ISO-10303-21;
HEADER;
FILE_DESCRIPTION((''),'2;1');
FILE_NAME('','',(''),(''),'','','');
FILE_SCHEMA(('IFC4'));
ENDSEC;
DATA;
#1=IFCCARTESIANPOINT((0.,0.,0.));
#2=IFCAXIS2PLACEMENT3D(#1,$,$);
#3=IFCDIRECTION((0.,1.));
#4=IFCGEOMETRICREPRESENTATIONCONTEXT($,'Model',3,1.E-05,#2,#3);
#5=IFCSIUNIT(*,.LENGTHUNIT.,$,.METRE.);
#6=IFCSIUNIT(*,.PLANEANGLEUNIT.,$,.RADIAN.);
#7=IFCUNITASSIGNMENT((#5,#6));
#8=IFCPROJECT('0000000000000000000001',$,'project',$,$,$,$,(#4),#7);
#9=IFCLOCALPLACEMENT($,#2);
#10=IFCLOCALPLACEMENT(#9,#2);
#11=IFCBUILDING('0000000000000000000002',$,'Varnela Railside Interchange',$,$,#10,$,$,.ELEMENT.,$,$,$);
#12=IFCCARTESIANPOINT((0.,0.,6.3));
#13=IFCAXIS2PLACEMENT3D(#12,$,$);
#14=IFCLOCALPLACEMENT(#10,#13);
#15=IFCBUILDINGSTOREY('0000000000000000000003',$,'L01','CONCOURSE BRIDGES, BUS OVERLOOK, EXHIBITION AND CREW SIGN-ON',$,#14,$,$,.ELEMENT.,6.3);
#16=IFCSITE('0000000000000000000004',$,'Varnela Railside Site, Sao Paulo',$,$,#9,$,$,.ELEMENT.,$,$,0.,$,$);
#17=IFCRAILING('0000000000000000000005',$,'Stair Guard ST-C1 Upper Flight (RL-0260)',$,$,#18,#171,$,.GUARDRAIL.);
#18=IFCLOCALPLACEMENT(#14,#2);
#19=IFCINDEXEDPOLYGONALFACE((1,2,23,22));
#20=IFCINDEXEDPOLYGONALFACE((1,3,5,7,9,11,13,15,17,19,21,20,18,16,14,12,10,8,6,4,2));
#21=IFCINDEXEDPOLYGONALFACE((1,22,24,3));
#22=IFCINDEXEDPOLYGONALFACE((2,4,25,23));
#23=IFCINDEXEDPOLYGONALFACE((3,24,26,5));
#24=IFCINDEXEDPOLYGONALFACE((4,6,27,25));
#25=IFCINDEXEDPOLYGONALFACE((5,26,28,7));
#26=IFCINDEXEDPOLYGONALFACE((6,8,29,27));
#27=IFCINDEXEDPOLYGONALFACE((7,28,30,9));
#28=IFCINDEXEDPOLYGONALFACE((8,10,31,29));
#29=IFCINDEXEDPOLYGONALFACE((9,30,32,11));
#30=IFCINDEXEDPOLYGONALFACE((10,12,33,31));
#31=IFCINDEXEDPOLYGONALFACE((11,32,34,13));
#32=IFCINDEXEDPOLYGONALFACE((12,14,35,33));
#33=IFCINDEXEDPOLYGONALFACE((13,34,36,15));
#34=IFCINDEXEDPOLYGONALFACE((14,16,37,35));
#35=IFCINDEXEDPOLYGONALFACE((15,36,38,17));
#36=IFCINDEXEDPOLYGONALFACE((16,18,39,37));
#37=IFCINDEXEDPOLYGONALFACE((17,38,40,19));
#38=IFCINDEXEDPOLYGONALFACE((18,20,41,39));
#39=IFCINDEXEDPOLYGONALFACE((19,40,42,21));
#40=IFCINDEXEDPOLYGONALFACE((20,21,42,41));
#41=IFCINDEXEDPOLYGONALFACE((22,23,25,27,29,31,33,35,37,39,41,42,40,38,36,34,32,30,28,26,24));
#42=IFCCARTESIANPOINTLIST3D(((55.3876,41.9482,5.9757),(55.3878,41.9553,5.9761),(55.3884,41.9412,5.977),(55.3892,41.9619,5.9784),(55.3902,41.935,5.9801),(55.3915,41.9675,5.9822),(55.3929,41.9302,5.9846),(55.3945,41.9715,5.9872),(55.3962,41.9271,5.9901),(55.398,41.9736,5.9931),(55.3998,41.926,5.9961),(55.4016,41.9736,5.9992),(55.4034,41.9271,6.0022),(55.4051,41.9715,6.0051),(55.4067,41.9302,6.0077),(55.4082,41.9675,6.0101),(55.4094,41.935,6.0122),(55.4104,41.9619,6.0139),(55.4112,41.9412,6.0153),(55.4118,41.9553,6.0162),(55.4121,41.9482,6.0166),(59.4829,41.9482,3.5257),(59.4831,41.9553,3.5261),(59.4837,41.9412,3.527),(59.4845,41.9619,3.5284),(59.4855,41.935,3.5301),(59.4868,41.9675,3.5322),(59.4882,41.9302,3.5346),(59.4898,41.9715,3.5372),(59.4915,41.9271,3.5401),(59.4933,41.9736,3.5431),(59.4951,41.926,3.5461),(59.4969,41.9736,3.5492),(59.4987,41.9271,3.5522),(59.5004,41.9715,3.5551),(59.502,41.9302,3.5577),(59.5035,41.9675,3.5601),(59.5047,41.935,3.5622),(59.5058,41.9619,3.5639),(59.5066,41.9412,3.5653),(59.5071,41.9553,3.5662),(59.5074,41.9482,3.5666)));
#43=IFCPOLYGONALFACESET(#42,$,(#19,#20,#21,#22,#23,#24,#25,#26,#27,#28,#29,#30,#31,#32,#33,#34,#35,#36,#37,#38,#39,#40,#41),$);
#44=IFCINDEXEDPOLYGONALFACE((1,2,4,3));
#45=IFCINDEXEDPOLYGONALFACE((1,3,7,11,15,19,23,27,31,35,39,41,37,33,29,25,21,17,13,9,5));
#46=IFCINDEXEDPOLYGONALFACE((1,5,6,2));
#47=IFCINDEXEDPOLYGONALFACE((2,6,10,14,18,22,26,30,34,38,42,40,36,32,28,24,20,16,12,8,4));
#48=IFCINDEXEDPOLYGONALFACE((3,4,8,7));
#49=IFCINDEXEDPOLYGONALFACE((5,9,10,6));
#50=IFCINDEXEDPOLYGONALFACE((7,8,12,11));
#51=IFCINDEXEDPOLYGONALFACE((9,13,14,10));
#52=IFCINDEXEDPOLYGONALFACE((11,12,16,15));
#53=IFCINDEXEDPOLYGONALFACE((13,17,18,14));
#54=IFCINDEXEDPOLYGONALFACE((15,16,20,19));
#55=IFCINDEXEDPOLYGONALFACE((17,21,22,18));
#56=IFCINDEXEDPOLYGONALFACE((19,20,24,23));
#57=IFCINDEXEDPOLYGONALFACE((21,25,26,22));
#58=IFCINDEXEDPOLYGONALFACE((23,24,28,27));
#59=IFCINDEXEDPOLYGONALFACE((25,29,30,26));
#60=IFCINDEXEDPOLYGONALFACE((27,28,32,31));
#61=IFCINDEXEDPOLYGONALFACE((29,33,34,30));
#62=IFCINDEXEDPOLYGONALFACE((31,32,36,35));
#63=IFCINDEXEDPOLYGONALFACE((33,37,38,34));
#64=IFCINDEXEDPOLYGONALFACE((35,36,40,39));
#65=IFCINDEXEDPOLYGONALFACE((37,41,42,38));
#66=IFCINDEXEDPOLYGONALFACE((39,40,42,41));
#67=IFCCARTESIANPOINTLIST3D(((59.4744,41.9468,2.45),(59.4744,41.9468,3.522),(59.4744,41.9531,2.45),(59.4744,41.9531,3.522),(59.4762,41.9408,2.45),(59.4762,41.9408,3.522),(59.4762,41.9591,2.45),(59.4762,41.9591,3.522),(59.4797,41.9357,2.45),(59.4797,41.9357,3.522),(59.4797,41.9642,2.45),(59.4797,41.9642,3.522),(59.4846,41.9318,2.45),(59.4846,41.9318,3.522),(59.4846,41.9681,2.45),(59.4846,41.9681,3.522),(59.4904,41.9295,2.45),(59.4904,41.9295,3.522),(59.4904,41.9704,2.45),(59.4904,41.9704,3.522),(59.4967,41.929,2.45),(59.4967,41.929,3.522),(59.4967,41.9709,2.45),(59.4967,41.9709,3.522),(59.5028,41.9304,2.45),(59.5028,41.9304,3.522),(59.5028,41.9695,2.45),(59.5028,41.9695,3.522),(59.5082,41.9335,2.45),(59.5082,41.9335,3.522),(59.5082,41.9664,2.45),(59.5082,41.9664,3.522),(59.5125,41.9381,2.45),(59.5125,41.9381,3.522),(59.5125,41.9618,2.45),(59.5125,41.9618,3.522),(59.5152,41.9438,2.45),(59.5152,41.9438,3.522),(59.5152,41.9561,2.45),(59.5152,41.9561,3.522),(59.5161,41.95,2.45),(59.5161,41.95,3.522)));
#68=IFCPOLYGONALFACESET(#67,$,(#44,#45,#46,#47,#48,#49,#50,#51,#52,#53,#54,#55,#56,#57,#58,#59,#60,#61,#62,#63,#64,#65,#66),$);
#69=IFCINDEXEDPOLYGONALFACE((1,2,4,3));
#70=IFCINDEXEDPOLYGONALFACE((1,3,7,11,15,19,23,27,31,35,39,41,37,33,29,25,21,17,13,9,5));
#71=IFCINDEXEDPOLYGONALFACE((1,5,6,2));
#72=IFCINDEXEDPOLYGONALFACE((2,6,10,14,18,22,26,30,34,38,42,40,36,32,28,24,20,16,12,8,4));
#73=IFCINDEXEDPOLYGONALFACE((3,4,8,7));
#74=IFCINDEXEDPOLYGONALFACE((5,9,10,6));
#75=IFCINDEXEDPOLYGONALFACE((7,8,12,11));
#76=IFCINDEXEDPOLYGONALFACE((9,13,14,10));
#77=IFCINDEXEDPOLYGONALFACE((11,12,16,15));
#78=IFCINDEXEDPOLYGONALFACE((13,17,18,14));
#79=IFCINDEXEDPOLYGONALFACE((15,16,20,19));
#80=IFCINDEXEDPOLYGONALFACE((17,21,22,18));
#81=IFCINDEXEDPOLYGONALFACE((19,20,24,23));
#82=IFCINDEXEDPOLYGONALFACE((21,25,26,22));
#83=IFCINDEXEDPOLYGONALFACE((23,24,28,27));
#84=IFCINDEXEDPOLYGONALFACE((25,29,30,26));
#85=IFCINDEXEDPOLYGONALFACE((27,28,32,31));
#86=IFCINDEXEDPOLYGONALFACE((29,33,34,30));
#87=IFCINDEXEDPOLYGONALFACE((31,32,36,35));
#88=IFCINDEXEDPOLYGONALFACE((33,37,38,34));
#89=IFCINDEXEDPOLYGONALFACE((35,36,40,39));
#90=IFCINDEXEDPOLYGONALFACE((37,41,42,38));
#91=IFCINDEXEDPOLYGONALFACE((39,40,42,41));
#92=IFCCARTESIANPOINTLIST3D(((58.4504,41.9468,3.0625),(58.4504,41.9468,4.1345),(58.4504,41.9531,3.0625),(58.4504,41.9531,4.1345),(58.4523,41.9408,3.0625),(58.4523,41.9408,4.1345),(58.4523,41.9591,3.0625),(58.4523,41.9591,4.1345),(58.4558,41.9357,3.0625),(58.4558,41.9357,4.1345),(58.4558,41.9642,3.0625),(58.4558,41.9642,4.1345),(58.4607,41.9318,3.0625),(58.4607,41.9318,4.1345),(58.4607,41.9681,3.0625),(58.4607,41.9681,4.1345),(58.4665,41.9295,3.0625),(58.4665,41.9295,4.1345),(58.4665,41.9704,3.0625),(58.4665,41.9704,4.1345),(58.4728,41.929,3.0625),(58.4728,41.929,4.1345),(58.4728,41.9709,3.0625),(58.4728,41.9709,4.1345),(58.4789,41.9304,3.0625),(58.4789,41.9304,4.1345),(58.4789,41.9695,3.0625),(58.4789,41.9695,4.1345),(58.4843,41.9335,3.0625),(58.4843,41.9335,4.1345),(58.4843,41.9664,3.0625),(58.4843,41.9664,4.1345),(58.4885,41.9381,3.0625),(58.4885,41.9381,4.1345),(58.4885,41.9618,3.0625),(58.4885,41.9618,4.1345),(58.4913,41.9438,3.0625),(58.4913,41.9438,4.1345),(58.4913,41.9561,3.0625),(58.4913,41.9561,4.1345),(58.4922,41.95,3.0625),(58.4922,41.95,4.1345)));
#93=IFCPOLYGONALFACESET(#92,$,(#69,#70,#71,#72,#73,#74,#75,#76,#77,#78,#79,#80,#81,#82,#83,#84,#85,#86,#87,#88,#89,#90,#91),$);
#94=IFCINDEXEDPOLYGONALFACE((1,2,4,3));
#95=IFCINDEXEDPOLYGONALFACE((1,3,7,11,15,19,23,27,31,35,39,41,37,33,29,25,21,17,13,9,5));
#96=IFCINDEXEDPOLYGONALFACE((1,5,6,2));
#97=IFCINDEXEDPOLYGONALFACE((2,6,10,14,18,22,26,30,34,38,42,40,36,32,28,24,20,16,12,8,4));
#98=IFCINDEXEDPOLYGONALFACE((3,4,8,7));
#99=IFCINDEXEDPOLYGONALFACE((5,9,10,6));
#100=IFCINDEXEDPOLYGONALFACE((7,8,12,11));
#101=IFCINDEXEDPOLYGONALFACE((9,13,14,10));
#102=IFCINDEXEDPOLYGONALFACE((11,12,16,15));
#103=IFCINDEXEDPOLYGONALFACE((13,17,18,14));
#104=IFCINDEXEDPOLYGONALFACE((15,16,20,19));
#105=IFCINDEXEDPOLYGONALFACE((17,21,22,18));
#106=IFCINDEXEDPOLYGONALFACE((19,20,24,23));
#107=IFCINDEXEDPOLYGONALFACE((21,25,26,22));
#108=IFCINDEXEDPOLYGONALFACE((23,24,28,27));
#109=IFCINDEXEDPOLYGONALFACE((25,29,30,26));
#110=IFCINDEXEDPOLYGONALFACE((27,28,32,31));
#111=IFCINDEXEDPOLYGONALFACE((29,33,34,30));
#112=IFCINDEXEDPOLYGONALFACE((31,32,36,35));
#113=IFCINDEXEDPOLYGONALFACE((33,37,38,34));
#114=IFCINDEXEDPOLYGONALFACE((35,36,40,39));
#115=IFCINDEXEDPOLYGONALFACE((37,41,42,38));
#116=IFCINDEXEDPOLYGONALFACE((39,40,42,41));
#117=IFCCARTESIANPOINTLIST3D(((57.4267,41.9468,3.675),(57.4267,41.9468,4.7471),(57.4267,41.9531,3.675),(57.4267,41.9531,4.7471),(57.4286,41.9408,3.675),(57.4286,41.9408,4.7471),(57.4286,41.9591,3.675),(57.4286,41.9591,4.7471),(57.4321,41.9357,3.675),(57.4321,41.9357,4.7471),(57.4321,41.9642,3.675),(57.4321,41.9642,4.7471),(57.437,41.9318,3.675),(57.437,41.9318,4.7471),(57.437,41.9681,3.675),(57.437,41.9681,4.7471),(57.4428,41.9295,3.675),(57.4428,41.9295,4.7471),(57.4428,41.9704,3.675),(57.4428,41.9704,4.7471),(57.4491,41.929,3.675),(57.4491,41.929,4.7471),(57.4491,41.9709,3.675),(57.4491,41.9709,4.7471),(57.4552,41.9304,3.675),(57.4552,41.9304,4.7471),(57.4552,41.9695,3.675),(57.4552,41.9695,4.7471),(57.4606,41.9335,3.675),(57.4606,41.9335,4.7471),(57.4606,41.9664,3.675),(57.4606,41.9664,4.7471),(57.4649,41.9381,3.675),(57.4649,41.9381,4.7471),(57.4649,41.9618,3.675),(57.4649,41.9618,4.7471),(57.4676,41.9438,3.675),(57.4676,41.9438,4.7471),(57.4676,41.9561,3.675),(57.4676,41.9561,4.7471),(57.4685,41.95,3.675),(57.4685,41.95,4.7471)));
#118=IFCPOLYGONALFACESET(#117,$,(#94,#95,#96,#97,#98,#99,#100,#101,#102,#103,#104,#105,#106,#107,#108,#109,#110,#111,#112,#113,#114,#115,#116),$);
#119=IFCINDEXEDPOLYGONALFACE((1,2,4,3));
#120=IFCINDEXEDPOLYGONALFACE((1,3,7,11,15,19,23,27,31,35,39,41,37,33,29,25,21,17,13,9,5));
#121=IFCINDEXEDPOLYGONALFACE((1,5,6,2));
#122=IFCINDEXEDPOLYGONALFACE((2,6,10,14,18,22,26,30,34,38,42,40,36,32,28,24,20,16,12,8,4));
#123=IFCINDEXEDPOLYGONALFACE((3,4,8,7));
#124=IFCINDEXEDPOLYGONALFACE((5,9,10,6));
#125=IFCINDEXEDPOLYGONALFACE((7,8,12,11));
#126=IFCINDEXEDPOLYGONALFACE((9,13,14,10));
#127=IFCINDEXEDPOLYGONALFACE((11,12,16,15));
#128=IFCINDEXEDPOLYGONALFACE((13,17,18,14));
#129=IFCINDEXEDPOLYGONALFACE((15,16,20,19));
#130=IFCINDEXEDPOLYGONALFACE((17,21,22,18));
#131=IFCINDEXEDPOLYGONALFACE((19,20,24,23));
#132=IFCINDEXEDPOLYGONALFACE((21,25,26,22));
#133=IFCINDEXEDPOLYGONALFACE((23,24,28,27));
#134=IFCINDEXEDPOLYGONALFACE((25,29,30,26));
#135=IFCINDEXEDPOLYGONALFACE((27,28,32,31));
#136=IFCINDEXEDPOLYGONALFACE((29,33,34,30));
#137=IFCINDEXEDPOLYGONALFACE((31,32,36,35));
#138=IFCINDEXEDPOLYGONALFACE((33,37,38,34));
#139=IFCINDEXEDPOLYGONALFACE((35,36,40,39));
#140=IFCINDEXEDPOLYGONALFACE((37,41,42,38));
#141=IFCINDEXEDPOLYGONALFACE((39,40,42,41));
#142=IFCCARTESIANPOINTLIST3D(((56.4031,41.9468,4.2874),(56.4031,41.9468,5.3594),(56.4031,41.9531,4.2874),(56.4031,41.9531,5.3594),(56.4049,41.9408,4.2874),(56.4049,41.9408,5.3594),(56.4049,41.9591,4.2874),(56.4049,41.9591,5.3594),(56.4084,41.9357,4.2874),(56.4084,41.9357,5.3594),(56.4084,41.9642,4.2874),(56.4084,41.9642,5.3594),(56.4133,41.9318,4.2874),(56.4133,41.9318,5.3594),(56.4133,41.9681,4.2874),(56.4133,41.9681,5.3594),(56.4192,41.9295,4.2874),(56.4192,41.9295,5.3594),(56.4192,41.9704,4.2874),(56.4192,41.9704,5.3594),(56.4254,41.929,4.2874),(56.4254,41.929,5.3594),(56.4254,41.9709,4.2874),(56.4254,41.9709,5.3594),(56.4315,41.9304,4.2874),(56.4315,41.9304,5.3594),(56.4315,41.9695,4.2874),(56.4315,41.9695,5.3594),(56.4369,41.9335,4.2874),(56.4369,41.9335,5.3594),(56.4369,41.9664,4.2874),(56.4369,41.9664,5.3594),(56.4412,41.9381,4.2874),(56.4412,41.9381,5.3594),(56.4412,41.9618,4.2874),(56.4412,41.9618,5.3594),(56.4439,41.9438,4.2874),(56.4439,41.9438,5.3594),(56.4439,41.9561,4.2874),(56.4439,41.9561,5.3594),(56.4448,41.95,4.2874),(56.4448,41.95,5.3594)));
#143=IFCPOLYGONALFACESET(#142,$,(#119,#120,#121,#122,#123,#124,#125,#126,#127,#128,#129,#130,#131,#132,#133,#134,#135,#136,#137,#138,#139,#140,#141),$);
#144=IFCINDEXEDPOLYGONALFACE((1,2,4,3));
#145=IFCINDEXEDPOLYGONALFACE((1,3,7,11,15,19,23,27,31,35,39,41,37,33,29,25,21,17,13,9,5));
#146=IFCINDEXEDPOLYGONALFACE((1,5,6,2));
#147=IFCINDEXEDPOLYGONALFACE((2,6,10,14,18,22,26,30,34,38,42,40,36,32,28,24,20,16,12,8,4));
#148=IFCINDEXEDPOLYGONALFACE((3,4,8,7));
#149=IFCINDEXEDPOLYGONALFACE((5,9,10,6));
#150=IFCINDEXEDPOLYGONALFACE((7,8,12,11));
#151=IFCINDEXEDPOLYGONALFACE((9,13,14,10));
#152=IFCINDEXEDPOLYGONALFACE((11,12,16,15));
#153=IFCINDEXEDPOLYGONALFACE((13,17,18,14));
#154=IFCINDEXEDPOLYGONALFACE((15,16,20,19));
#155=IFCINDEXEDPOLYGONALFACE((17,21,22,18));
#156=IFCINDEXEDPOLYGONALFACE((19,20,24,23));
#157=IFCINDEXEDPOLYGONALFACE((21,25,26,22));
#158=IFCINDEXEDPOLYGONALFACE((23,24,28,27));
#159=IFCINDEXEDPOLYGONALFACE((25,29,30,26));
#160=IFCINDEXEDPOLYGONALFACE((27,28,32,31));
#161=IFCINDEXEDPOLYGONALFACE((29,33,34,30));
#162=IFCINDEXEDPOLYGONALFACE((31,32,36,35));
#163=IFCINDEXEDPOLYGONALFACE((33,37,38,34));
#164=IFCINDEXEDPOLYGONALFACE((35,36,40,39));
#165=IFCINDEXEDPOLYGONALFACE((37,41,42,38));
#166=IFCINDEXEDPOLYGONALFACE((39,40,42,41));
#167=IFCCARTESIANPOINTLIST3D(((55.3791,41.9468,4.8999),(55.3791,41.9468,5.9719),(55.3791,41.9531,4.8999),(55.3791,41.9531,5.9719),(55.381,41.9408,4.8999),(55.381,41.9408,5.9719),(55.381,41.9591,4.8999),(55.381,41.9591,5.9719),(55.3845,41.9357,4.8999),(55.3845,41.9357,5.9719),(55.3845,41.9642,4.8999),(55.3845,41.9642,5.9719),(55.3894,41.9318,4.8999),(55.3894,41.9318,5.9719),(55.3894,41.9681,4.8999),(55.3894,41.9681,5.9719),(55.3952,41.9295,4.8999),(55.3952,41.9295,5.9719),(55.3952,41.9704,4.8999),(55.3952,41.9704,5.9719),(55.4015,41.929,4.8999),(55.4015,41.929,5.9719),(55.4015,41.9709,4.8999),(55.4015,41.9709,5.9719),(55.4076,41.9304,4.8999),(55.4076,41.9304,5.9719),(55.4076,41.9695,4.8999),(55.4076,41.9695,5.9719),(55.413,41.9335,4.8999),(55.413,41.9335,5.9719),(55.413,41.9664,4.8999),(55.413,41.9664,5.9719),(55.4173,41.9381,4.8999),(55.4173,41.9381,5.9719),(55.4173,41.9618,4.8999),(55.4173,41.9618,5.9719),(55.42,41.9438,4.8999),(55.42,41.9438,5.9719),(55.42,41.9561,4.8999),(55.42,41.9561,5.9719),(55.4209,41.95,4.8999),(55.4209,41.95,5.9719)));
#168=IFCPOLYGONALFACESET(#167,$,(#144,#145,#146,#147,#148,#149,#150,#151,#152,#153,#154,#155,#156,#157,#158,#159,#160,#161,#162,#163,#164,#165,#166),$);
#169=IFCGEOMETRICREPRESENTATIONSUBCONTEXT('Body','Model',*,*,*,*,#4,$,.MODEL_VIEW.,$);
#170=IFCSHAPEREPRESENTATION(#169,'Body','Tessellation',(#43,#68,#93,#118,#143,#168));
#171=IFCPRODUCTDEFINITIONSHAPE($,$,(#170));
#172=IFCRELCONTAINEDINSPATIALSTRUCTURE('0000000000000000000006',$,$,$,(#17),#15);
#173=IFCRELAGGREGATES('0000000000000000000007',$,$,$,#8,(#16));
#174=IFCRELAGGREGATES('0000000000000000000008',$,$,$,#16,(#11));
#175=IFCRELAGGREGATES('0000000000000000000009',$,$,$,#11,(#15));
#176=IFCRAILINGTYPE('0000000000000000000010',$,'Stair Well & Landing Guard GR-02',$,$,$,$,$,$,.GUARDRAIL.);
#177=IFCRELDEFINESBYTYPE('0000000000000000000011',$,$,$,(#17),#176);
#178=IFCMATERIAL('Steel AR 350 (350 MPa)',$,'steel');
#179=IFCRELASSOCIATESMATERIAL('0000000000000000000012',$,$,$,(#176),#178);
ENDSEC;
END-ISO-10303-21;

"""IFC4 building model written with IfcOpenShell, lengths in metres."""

from ifc_helpers import new_model, si_unit, direction, frame, origin, origin_2d, place, context, subcontext, project, spatial, circle, extrude, material, type_object, element, save


model = new_model("IFC4")

# Units and contexts
model_context = context("Model", 3, precision=1e-05, world=origin(), true_north=direction((0.0, 1.0)))
body_context = subcontext(model_context, "Body", "Model", "MODEL_VIEW")
ifc_project = project(units=[si_unit("LENGTHUNIT", "METRE"), si_unit("PLANEANGLEUNIT", "RADIAN")], contexts=[model_context])

# Site, building, storey
site_placement = place(None, origin())
site = spatial("IfcSite", under=ifc_project, at=site_placement, Name="Varnela Railside Site, Sao Paulo", CompositionType="ELEMENT", RefElevation=0.0)
building_placement = place(site_placement, origin())
building = spatial("IfcBuilding", under=site, at=building_placement, Name="Varnela Railside Interchange", CompositionType="ELEMENT")
storey_placement = place(building_placement, frame((0.0, 0.0, 6.3)))
storey = spatial("IfcBuildingStorey", under=building, at=storey_placement, Name="L01", Description="CONCOURSE BRIDGES, BUS OVERLOOK, EXHIBITION AND CREW SIGN-ON", CompositionType="ELEMENT", Elevation=6.3)

# Shared definitions
ifc_material_1 = material(Name="Steel AR 350 (350 MPa)", Category="steel")

# Railing
railing_type_1 = type_object("IfcRailingType", Name="Stair Well & Landing Guard GR-02", PredefinedType="GUARDRAIL", material=ifc_material_1)
railing_1_placement = place(storey_placement, frame((59.4951, 41.95, 2.45)))
element("IfcRailing", 1, at=railing_1_placement, inside=storey, type_object=railing_type_1, Name="Stair Guard ST-C1 Upper Flight (RL-0260)", PredefinedType="GUARDRAIL", context=body_context, shape_type="SweptSolid", body=[
    extrude(circle(Radius=0.0239, at=origin_2d()), frame((0.0, 0.0, 1.0962), z_axis=(-0.858156, 0.0, 0.513389), x_axis=(0.0, -1.0, 0.0)), (0.0, 0.0, 1.0), 4.7722),
    extrude(circle(Radius=0.021, at=origin_2d()), origin(), (0.0, 0.0, 1.0), 1.072),
    extrude(circle(Radius=0.021, at=origin_2d()), frame((-1.0239, 0.0, 0.6125)), (0.0, 0.0, 1.0), 1.072),
    extrude(circle(Radius=0.021, at=origin_2d()), frame((-2.0476, 0.0, 1.2251)), (0.0, 0.0, 1.0), 1.072),
    extrude(circle(Radius=0.021, at=origin_2d()), frame((-3.0713, 0.0, 1.8374)), (0.0, 0.0, 1.0), 1.072),
    extrude(circle(Radius=0.021, at=origin_2d()), frame((-4.0952, 0.0, 2.45)), (0.0, 0.0, 1.0), 1.072),
])

save(model, "model.ifc")
